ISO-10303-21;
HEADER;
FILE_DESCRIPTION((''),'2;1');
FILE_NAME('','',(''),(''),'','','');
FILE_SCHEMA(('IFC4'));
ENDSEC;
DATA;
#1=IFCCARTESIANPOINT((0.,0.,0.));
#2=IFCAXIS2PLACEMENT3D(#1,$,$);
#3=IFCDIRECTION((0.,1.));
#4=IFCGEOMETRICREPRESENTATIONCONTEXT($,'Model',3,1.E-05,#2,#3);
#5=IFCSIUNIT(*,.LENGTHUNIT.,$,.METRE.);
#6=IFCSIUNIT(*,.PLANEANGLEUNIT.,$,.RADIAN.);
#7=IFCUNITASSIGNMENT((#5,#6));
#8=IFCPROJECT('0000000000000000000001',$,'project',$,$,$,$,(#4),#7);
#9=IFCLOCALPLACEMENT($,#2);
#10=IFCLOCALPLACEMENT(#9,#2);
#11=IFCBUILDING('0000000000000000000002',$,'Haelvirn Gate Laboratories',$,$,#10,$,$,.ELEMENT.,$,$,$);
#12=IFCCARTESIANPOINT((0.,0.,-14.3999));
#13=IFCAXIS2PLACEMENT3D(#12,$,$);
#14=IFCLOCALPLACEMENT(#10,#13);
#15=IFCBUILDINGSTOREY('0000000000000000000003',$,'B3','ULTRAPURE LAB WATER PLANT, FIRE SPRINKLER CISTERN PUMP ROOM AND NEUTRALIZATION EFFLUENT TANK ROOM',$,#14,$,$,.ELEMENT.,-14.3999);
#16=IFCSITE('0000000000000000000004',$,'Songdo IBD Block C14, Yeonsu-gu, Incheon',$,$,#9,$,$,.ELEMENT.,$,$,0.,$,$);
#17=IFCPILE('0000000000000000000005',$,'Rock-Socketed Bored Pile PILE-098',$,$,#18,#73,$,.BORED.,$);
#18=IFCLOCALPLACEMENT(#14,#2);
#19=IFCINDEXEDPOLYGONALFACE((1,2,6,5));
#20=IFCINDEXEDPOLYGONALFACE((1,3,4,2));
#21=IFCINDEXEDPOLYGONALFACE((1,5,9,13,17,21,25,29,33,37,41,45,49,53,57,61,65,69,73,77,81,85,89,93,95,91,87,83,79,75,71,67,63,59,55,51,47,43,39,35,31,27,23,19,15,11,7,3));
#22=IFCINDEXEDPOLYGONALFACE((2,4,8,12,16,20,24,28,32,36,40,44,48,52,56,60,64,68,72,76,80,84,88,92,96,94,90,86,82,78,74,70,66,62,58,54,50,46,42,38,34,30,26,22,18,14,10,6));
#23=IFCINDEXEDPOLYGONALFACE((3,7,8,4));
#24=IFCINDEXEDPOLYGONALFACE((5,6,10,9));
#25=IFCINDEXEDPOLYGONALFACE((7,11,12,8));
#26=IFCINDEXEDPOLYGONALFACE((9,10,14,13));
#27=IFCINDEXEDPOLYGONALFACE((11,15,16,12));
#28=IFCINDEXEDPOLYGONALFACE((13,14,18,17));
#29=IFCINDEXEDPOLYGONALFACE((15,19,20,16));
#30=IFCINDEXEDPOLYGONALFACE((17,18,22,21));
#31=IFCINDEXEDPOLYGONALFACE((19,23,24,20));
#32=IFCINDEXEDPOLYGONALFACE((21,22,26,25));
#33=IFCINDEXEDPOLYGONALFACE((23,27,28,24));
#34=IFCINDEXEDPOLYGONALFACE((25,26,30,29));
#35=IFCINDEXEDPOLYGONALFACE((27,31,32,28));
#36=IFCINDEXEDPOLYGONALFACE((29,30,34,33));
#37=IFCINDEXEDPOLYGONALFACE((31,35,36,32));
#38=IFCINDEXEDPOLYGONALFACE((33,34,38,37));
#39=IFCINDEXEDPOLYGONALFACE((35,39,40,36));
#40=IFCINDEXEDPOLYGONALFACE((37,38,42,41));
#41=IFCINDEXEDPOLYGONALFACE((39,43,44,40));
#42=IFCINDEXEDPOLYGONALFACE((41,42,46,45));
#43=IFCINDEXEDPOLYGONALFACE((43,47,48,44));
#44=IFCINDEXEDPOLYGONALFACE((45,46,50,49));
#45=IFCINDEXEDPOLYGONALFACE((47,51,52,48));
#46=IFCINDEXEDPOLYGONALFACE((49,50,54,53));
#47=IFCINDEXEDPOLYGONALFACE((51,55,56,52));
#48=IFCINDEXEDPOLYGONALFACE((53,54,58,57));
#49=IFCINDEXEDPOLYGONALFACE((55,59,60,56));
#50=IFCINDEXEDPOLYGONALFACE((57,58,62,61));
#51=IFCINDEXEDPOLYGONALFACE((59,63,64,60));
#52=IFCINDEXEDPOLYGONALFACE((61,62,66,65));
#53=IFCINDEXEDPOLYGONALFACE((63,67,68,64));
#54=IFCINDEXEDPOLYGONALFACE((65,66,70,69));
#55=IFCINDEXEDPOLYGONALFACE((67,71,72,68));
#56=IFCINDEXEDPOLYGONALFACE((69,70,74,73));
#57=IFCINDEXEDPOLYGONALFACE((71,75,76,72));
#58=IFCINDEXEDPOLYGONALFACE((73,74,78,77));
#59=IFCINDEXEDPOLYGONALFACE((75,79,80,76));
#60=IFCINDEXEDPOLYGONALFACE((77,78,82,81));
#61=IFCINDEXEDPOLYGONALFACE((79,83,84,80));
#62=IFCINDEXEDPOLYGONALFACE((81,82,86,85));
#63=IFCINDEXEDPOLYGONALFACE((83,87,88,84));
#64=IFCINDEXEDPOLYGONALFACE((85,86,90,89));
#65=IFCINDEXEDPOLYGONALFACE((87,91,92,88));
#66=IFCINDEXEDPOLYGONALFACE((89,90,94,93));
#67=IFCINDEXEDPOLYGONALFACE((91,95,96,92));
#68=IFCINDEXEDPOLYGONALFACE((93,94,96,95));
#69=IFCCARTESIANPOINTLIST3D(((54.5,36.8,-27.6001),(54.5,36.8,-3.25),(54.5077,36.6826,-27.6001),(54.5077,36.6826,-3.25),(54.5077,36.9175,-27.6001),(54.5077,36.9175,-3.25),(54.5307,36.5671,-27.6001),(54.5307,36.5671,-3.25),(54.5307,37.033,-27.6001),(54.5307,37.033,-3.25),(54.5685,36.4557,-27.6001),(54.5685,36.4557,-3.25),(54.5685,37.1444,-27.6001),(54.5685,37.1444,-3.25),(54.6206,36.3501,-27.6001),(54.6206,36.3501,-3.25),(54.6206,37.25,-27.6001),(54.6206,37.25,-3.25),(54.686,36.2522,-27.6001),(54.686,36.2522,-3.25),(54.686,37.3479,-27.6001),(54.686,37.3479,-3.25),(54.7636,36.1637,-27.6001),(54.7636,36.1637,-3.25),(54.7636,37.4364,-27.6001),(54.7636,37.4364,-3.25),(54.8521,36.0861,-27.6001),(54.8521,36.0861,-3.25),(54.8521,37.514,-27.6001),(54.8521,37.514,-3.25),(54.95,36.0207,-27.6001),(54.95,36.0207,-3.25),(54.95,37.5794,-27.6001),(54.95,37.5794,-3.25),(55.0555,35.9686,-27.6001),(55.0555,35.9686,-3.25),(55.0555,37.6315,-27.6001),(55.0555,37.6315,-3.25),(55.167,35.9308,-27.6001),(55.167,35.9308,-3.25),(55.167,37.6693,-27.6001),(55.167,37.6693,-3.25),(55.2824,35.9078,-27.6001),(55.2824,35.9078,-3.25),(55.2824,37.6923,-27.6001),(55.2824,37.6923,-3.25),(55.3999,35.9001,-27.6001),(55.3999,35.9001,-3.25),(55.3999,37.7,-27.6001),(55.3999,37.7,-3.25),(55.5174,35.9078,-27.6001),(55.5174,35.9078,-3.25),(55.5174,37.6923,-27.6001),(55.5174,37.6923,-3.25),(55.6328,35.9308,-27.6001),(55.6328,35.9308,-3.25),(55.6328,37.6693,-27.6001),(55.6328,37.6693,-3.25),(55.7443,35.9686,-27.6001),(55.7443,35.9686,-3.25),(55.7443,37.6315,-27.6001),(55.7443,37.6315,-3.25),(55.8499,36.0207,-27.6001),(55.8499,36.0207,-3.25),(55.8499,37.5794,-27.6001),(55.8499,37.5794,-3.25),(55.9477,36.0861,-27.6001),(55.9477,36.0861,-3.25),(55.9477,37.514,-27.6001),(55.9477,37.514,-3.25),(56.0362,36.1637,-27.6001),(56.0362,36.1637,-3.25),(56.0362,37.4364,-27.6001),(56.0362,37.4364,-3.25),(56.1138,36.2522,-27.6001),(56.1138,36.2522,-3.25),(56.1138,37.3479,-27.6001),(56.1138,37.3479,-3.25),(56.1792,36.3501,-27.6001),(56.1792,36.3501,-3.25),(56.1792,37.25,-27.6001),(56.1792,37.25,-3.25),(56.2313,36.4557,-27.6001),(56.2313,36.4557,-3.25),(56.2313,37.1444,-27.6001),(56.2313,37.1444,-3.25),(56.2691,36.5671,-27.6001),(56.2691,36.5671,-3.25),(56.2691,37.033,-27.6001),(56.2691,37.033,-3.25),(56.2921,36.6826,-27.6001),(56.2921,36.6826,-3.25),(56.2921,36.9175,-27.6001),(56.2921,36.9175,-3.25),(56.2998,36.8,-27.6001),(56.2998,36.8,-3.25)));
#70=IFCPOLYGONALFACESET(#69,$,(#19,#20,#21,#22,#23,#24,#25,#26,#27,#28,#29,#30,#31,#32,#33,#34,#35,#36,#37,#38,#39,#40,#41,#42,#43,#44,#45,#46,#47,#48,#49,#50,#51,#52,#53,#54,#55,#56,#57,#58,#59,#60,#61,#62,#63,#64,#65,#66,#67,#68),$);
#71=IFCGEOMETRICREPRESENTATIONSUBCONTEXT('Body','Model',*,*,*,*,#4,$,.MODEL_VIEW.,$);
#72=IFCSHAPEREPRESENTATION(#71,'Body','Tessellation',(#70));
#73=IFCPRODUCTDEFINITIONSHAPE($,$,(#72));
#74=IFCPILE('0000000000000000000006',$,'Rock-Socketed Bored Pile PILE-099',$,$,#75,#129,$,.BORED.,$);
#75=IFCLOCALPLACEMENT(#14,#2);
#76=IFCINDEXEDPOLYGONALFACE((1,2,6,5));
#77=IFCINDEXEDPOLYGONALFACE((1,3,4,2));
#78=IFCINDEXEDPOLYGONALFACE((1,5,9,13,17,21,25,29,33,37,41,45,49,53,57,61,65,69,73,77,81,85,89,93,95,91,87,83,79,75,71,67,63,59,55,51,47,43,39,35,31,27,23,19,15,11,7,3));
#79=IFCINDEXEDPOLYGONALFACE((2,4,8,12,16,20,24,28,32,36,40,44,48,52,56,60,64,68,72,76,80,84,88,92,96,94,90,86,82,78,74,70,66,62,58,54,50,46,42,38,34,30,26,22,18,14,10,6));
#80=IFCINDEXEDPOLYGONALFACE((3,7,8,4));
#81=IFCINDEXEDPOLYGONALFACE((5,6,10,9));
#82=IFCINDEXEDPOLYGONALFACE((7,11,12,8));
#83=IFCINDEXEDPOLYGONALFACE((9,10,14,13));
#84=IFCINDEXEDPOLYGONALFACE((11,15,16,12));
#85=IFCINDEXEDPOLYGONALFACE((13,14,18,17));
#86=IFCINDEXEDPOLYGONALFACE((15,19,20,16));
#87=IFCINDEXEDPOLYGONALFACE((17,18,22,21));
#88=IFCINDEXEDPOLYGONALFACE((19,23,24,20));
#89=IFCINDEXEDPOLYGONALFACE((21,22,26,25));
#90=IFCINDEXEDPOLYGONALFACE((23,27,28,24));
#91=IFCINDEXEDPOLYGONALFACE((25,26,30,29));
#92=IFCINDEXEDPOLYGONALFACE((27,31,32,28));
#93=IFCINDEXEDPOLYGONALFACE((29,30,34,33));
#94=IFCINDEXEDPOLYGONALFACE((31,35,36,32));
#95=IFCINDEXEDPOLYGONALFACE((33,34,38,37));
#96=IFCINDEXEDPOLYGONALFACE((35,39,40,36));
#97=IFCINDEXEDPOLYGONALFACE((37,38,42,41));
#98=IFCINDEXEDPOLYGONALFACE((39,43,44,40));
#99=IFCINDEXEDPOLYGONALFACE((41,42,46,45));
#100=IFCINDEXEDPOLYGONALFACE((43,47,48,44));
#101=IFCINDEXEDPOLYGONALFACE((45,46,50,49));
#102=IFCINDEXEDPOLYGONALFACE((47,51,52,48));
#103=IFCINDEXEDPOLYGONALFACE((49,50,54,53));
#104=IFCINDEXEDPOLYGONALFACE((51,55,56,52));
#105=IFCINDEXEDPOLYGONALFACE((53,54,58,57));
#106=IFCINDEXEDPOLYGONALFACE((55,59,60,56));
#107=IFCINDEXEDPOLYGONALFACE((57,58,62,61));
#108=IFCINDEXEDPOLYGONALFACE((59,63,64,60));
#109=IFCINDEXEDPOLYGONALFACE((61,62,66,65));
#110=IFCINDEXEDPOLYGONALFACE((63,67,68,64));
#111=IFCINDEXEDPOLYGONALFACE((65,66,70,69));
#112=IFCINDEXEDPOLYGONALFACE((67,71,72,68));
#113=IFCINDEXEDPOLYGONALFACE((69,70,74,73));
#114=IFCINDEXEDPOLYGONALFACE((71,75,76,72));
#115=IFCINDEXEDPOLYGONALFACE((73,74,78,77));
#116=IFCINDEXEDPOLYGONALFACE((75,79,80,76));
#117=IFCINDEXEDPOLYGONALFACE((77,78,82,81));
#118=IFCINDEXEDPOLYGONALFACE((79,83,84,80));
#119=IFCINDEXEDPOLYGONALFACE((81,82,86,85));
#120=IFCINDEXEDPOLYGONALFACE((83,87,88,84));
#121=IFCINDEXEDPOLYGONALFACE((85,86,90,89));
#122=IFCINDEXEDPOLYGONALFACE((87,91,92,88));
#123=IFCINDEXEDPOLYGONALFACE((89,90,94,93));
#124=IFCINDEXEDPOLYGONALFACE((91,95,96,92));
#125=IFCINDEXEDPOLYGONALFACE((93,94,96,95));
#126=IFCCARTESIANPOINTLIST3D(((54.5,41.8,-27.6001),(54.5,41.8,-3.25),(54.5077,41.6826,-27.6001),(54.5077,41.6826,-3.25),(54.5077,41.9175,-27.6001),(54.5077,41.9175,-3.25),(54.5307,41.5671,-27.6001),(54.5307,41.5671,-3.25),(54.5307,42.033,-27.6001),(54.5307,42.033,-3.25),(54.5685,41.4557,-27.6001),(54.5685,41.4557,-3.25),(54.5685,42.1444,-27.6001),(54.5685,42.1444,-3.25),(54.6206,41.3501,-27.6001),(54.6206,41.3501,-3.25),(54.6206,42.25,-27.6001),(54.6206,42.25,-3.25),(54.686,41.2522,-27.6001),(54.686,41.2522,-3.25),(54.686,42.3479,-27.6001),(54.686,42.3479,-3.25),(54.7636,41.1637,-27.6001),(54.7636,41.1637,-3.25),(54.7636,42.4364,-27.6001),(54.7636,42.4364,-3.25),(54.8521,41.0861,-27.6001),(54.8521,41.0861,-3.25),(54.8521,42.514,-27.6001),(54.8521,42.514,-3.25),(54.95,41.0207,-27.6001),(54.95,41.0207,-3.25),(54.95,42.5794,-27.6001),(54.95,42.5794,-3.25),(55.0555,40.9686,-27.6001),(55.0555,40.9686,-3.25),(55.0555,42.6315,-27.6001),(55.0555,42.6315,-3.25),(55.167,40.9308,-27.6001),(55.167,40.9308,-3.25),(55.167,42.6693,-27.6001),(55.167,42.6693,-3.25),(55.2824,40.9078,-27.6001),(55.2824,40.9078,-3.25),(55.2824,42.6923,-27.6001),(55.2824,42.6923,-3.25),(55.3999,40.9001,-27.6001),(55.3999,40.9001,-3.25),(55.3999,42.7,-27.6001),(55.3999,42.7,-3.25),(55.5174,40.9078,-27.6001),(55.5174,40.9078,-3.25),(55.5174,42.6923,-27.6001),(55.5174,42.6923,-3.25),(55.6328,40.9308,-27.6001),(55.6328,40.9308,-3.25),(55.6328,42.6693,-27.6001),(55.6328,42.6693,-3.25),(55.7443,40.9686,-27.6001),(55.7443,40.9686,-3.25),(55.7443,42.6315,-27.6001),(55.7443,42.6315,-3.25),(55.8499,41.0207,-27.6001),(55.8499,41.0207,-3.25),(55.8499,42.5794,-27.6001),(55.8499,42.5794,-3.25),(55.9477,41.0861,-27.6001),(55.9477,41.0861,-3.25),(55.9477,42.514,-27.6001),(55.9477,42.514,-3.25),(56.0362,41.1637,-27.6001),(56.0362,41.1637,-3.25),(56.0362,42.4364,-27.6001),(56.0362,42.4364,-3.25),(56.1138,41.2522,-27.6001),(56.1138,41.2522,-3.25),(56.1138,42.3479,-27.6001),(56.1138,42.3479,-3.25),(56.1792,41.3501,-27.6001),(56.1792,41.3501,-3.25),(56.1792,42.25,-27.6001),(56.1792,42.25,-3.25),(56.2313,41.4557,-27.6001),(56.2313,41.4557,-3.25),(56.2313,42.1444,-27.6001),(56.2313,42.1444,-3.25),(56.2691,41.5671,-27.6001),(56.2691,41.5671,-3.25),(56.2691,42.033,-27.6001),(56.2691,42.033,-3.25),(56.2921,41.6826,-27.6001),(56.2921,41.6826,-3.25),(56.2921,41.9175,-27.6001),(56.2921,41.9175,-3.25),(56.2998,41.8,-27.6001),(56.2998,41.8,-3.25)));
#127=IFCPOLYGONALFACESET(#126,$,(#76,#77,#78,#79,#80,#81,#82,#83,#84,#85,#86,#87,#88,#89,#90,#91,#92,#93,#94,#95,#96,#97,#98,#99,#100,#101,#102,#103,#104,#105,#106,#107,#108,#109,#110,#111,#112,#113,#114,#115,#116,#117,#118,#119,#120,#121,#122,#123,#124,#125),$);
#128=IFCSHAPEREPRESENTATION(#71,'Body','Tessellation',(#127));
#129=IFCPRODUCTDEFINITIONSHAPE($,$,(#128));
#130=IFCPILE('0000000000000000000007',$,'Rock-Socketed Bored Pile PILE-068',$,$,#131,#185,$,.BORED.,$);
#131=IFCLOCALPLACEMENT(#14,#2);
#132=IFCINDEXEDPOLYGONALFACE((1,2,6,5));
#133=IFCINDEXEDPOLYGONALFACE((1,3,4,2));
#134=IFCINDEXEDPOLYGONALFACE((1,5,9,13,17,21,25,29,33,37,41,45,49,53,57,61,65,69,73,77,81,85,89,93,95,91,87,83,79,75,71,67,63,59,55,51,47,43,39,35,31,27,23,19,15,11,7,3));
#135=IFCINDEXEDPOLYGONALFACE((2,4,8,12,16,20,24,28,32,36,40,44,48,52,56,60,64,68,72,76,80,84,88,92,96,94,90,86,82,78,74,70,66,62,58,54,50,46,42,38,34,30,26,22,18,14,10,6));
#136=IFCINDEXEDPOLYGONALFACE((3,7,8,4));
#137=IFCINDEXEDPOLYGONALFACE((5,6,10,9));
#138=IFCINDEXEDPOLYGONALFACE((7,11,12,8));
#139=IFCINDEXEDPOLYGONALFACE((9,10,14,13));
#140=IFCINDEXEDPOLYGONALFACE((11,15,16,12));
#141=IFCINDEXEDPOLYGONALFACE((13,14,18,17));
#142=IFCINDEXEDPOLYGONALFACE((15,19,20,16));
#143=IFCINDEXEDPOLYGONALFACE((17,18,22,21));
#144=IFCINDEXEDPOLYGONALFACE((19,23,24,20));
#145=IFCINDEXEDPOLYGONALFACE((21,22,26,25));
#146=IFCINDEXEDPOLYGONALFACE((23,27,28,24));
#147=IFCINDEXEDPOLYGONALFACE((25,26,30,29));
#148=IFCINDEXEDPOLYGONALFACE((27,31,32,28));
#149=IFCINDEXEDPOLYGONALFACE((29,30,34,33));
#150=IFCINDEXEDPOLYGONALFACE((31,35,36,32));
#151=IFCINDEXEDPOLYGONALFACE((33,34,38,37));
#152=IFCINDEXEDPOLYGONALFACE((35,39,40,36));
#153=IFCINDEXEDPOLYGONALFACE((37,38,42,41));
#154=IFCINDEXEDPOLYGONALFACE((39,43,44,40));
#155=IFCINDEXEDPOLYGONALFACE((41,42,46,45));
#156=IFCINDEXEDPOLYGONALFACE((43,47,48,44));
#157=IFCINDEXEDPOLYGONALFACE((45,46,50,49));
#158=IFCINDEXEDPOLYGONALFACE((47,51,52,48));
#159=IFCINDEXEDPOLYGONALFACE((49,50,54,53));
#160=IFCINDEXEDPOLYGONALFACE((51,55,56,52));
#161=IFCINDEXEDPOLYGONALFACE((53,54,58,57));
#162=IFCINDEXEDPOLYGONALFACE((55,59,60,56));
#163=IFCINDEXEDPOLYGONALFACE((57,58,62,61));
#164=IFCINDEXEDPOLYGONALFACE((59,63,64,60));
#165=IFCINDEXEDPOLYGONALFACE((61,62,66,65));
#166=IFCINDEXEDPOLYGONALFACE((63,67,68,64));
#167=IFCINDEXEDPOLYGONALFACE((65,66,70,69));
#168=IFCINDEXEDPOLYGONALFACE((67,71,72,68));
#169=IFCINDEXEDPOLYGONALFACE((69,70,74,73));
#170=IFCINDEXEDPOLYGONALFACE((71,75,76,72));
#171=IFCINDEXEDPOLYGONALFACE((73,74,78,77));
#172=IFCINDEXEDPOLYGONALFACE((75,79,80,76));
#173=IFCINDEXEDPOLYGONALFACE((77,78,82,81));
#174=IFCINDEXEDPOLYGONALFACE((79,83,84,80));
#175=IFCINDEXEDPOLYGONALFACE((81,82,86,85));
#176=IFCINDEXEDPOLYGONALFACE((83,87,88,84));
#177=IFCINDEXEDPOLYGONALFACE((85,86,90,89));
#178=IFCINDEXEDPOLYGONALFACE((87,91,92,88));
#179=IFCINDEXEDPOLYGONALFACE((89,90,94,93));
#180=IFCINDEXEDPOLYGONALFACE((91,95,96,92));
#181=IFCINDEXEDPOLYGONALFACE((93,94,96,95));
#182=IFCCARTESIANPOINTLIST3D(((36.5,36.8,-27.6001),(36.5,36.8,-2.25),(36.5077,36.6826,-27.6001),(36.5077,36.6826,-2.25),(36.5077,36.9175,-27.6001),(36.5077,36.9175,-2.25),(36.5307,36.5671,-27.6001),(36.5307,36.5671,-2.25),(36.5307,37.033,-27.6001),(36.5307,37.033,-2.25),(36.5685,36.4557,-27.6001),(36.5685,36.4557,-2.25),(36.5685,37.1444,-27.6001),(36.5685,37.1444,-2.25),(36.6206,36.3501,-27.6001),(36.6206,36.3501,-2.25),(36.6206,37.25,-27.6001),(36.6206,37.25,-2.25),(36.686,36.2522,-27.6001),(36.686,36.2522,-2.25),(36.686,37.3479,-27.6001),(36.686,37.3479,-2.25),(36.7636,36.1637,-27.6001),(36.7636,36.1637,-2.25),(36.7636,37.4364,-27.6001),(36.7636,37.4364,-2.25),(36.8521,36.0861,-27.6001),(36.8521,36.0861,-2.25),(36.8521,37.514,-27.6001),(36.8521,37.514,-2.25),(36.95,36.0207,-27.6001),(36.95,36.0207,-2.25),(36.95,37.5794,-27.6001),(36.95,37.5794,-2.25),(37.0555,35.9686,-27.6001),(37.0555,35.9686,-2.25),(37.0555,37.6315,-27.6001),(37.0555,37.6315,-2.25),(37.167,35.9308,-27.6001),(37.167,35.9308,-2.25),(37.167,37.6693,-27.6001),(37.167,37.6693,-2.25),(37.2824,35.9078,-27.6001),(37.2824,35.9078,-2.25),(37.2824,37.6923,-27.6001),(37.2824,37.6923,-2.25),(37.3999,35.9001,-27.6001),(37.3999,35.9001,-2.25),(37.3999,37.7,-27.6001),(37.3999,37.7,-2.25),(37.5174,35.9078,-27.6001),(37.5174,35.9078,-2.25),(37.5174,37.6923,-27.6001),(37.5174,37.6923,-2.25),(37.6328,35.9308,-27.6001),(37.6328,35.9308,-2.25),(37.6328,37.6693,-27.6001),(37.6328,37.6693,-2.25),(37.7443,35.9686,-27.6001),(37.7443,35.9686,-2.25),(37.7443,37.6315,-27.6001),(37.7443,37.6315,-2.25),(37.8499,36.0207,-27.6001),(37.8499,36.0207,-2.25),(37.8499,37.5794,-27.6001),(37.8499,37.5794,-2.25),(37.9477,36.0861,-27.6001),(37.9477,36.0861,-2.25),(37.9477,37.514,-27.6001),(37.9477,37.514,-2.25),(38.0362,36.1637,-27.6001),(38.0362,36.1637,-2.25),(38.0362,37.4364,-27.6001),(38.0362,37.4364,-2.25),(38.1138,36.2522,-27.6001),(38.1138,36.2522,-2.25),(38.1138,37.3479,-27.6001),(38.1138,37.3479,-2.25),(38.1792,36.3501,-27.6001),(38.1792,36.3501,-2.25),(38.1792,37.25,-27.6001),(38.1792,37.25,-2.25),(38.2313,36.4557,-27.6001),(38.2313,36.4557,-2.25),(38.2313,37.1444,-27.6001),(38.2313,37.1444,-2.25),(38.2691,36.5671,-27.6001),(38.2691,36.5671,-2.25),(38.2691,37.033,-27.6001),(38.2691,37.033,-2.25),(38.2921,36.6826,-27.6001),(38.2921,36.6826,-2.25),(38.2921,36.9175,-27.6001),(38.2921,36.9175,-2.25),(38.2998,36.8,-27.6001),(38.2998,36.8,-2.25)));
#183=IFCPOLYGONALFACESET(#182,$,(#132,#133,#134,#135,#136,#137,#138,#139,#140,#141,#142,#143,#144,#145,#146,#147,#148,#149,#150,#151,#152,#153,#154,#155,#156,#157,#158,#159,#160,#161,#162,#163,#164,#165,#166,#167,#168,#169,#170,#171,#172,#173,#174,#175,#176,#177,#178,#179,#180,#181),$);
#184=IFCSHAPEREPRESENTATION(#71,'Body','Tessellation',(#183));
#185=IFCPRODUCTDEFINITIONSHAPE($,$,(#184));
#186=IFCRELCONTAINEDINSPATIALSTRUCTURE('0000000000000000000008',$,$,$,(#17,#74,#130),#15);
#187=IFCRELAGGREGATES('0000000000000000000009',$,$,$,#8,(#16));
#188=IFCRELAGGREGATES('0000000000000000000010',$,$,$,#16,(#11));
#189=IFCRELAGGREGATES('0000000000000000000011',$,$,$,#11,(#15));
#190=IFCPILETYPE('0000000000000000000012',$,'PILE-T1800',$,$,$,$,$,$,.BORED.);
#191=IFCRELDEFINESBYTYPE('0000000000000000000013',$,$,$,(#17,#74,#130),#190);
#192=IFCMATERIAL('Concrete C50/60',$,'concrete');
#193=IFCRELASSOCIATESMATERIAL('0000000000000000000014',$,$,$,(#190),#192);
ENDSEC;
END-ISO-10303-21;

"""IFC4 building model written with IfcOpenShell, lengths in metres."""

from ifc_helpers import new_model, si_unit, direction, frame, origin, origin_2d, place, context, subcontext, project, spatial, circle, extrude, source, transform, mapped, material, material_profile, profile_set, type_object, type_shapes, element, save


model = new_model("IFC4")

# Units and contexts
model_context = context("Model", 3, precision=1e-05, world=origin(), true_north=direction((0.0, 1.0)))
body_context = subcontext(model_context, "Body", "Model", "MODEL_VIEW")
ifc_project = project(units=[si_unit("LENGTHUNIT", "METRE"), si_unit("PLANEANGLEUNIT", "RADIAN")], contexts=[model_context])

# Site, building, storey
site_placement = place(None, origin())
site = spatial("IfcSite", under=ifc_project, at=site_placement, Name="Songdo IBD Block C14, Yeonsu-gu, Incheon", CompositionType="ELEMENT", RefElevation=0.0)
building_placement = place(site_placement, origin())
building = spatial("IfcBuilding", under=site, at=building_placement, Name="Haelvirn Gate Laboratories", CompositionType="ELEMENT")
storey_placement = place(building_placement, frame((0.0, 0.0, -14.3999)))
storey = spatial("IfcBuildingStorey", under=building, at=storey_placement, Name="B3", Description="ULTRAPURE LAB WATER PLANT, FIRE SPRINKLER CISTERN PUMP ROOM AND NEUTRALIZATION EFFLUENT TANK ROOM", CompositionType="ELEMENT", Elevation=-14.3999)

# Piles
ifc_material_1 = material(Name="Concrete C50/60", Category="concrete")
ifc_material_profile_1 = material_profile(ifc_material_1, circle(Radius=0.8999, at=origin_2d()), Name="PILE-D1800")
ifc_profile_set_1 = profile_set([ifc_material_profile_1], Name="Concrete C50/60")
pile_type = type_object("IfcPileType", Name="PILE-T1800", PredefinedType="BORED", material=ifc_profile_set_1)
shared_shape_1 = source(origin(), body_context, "Body", "SweptSolid", [
    extrude(circle(Radius=0.8999, at=origin_2d()), origin(), (0.0, 0.0, 1.0), 24.3501),
])
for number, where, z_axis, x_axis, name in (
    (1, (55.3999, 36.8, -3.25), (0.0, 0.0, -1.0), (1.0, 0.0, 0.0), "Rock-Socketed Bored Pile PILE-098"),
    (2, (55.3999, 41.8, -3.25), (0.0, 0.0, -1.0), (1.0, 0.0, 0.0), "Rock-Socketed Bored Pile PILE-099"),
):
    element("IfcPile", number, at=place(storey_placement, frame(where, z_axis=z_axis, x_axis=x_axis)), inside=storey, type_object=pile_type, Name=name, PredefinedType="BORED", context=body_context, shape_type="MappedRepresentation", body=[
        mapped(shared_shape_1, transform((0.0, 0.0, 0.0), scale=1.0)),
    ])
shared_shape_2 = source(origin(), body_context, "Body", "SweptSolid", [
    extrude(circle(Radius=0.8999, at=origin_2d()), origin(), (0.0, 0.0, 1.0), 25.3501),
])
type_shapes(pile_type, [shared_shape_1, shared_shape_2])
for number, where, z_axis, x_axis, name in (
    (3, (37.3999, 36.8, -2.25), (0.0, 0.0, -1.0), (1.0, 0.0, 0.0), "Rock-Socketed Bored Pile PILE-068"),
):
    element("IfcPile", number, at=place(storey_placement, frame(where, z_axis=z_axis, x_axis=x_axis)), inside=storey, type_object=pile_type, Name=name, PredefinedType="BORED", context=body_context, shape_type="MappedRepresentation", body=[
        mapped(shared_shape_2, transform((0.0, 0.0, 0.0), scale=1.0)),
    ])

save(model, "model.ifc")
